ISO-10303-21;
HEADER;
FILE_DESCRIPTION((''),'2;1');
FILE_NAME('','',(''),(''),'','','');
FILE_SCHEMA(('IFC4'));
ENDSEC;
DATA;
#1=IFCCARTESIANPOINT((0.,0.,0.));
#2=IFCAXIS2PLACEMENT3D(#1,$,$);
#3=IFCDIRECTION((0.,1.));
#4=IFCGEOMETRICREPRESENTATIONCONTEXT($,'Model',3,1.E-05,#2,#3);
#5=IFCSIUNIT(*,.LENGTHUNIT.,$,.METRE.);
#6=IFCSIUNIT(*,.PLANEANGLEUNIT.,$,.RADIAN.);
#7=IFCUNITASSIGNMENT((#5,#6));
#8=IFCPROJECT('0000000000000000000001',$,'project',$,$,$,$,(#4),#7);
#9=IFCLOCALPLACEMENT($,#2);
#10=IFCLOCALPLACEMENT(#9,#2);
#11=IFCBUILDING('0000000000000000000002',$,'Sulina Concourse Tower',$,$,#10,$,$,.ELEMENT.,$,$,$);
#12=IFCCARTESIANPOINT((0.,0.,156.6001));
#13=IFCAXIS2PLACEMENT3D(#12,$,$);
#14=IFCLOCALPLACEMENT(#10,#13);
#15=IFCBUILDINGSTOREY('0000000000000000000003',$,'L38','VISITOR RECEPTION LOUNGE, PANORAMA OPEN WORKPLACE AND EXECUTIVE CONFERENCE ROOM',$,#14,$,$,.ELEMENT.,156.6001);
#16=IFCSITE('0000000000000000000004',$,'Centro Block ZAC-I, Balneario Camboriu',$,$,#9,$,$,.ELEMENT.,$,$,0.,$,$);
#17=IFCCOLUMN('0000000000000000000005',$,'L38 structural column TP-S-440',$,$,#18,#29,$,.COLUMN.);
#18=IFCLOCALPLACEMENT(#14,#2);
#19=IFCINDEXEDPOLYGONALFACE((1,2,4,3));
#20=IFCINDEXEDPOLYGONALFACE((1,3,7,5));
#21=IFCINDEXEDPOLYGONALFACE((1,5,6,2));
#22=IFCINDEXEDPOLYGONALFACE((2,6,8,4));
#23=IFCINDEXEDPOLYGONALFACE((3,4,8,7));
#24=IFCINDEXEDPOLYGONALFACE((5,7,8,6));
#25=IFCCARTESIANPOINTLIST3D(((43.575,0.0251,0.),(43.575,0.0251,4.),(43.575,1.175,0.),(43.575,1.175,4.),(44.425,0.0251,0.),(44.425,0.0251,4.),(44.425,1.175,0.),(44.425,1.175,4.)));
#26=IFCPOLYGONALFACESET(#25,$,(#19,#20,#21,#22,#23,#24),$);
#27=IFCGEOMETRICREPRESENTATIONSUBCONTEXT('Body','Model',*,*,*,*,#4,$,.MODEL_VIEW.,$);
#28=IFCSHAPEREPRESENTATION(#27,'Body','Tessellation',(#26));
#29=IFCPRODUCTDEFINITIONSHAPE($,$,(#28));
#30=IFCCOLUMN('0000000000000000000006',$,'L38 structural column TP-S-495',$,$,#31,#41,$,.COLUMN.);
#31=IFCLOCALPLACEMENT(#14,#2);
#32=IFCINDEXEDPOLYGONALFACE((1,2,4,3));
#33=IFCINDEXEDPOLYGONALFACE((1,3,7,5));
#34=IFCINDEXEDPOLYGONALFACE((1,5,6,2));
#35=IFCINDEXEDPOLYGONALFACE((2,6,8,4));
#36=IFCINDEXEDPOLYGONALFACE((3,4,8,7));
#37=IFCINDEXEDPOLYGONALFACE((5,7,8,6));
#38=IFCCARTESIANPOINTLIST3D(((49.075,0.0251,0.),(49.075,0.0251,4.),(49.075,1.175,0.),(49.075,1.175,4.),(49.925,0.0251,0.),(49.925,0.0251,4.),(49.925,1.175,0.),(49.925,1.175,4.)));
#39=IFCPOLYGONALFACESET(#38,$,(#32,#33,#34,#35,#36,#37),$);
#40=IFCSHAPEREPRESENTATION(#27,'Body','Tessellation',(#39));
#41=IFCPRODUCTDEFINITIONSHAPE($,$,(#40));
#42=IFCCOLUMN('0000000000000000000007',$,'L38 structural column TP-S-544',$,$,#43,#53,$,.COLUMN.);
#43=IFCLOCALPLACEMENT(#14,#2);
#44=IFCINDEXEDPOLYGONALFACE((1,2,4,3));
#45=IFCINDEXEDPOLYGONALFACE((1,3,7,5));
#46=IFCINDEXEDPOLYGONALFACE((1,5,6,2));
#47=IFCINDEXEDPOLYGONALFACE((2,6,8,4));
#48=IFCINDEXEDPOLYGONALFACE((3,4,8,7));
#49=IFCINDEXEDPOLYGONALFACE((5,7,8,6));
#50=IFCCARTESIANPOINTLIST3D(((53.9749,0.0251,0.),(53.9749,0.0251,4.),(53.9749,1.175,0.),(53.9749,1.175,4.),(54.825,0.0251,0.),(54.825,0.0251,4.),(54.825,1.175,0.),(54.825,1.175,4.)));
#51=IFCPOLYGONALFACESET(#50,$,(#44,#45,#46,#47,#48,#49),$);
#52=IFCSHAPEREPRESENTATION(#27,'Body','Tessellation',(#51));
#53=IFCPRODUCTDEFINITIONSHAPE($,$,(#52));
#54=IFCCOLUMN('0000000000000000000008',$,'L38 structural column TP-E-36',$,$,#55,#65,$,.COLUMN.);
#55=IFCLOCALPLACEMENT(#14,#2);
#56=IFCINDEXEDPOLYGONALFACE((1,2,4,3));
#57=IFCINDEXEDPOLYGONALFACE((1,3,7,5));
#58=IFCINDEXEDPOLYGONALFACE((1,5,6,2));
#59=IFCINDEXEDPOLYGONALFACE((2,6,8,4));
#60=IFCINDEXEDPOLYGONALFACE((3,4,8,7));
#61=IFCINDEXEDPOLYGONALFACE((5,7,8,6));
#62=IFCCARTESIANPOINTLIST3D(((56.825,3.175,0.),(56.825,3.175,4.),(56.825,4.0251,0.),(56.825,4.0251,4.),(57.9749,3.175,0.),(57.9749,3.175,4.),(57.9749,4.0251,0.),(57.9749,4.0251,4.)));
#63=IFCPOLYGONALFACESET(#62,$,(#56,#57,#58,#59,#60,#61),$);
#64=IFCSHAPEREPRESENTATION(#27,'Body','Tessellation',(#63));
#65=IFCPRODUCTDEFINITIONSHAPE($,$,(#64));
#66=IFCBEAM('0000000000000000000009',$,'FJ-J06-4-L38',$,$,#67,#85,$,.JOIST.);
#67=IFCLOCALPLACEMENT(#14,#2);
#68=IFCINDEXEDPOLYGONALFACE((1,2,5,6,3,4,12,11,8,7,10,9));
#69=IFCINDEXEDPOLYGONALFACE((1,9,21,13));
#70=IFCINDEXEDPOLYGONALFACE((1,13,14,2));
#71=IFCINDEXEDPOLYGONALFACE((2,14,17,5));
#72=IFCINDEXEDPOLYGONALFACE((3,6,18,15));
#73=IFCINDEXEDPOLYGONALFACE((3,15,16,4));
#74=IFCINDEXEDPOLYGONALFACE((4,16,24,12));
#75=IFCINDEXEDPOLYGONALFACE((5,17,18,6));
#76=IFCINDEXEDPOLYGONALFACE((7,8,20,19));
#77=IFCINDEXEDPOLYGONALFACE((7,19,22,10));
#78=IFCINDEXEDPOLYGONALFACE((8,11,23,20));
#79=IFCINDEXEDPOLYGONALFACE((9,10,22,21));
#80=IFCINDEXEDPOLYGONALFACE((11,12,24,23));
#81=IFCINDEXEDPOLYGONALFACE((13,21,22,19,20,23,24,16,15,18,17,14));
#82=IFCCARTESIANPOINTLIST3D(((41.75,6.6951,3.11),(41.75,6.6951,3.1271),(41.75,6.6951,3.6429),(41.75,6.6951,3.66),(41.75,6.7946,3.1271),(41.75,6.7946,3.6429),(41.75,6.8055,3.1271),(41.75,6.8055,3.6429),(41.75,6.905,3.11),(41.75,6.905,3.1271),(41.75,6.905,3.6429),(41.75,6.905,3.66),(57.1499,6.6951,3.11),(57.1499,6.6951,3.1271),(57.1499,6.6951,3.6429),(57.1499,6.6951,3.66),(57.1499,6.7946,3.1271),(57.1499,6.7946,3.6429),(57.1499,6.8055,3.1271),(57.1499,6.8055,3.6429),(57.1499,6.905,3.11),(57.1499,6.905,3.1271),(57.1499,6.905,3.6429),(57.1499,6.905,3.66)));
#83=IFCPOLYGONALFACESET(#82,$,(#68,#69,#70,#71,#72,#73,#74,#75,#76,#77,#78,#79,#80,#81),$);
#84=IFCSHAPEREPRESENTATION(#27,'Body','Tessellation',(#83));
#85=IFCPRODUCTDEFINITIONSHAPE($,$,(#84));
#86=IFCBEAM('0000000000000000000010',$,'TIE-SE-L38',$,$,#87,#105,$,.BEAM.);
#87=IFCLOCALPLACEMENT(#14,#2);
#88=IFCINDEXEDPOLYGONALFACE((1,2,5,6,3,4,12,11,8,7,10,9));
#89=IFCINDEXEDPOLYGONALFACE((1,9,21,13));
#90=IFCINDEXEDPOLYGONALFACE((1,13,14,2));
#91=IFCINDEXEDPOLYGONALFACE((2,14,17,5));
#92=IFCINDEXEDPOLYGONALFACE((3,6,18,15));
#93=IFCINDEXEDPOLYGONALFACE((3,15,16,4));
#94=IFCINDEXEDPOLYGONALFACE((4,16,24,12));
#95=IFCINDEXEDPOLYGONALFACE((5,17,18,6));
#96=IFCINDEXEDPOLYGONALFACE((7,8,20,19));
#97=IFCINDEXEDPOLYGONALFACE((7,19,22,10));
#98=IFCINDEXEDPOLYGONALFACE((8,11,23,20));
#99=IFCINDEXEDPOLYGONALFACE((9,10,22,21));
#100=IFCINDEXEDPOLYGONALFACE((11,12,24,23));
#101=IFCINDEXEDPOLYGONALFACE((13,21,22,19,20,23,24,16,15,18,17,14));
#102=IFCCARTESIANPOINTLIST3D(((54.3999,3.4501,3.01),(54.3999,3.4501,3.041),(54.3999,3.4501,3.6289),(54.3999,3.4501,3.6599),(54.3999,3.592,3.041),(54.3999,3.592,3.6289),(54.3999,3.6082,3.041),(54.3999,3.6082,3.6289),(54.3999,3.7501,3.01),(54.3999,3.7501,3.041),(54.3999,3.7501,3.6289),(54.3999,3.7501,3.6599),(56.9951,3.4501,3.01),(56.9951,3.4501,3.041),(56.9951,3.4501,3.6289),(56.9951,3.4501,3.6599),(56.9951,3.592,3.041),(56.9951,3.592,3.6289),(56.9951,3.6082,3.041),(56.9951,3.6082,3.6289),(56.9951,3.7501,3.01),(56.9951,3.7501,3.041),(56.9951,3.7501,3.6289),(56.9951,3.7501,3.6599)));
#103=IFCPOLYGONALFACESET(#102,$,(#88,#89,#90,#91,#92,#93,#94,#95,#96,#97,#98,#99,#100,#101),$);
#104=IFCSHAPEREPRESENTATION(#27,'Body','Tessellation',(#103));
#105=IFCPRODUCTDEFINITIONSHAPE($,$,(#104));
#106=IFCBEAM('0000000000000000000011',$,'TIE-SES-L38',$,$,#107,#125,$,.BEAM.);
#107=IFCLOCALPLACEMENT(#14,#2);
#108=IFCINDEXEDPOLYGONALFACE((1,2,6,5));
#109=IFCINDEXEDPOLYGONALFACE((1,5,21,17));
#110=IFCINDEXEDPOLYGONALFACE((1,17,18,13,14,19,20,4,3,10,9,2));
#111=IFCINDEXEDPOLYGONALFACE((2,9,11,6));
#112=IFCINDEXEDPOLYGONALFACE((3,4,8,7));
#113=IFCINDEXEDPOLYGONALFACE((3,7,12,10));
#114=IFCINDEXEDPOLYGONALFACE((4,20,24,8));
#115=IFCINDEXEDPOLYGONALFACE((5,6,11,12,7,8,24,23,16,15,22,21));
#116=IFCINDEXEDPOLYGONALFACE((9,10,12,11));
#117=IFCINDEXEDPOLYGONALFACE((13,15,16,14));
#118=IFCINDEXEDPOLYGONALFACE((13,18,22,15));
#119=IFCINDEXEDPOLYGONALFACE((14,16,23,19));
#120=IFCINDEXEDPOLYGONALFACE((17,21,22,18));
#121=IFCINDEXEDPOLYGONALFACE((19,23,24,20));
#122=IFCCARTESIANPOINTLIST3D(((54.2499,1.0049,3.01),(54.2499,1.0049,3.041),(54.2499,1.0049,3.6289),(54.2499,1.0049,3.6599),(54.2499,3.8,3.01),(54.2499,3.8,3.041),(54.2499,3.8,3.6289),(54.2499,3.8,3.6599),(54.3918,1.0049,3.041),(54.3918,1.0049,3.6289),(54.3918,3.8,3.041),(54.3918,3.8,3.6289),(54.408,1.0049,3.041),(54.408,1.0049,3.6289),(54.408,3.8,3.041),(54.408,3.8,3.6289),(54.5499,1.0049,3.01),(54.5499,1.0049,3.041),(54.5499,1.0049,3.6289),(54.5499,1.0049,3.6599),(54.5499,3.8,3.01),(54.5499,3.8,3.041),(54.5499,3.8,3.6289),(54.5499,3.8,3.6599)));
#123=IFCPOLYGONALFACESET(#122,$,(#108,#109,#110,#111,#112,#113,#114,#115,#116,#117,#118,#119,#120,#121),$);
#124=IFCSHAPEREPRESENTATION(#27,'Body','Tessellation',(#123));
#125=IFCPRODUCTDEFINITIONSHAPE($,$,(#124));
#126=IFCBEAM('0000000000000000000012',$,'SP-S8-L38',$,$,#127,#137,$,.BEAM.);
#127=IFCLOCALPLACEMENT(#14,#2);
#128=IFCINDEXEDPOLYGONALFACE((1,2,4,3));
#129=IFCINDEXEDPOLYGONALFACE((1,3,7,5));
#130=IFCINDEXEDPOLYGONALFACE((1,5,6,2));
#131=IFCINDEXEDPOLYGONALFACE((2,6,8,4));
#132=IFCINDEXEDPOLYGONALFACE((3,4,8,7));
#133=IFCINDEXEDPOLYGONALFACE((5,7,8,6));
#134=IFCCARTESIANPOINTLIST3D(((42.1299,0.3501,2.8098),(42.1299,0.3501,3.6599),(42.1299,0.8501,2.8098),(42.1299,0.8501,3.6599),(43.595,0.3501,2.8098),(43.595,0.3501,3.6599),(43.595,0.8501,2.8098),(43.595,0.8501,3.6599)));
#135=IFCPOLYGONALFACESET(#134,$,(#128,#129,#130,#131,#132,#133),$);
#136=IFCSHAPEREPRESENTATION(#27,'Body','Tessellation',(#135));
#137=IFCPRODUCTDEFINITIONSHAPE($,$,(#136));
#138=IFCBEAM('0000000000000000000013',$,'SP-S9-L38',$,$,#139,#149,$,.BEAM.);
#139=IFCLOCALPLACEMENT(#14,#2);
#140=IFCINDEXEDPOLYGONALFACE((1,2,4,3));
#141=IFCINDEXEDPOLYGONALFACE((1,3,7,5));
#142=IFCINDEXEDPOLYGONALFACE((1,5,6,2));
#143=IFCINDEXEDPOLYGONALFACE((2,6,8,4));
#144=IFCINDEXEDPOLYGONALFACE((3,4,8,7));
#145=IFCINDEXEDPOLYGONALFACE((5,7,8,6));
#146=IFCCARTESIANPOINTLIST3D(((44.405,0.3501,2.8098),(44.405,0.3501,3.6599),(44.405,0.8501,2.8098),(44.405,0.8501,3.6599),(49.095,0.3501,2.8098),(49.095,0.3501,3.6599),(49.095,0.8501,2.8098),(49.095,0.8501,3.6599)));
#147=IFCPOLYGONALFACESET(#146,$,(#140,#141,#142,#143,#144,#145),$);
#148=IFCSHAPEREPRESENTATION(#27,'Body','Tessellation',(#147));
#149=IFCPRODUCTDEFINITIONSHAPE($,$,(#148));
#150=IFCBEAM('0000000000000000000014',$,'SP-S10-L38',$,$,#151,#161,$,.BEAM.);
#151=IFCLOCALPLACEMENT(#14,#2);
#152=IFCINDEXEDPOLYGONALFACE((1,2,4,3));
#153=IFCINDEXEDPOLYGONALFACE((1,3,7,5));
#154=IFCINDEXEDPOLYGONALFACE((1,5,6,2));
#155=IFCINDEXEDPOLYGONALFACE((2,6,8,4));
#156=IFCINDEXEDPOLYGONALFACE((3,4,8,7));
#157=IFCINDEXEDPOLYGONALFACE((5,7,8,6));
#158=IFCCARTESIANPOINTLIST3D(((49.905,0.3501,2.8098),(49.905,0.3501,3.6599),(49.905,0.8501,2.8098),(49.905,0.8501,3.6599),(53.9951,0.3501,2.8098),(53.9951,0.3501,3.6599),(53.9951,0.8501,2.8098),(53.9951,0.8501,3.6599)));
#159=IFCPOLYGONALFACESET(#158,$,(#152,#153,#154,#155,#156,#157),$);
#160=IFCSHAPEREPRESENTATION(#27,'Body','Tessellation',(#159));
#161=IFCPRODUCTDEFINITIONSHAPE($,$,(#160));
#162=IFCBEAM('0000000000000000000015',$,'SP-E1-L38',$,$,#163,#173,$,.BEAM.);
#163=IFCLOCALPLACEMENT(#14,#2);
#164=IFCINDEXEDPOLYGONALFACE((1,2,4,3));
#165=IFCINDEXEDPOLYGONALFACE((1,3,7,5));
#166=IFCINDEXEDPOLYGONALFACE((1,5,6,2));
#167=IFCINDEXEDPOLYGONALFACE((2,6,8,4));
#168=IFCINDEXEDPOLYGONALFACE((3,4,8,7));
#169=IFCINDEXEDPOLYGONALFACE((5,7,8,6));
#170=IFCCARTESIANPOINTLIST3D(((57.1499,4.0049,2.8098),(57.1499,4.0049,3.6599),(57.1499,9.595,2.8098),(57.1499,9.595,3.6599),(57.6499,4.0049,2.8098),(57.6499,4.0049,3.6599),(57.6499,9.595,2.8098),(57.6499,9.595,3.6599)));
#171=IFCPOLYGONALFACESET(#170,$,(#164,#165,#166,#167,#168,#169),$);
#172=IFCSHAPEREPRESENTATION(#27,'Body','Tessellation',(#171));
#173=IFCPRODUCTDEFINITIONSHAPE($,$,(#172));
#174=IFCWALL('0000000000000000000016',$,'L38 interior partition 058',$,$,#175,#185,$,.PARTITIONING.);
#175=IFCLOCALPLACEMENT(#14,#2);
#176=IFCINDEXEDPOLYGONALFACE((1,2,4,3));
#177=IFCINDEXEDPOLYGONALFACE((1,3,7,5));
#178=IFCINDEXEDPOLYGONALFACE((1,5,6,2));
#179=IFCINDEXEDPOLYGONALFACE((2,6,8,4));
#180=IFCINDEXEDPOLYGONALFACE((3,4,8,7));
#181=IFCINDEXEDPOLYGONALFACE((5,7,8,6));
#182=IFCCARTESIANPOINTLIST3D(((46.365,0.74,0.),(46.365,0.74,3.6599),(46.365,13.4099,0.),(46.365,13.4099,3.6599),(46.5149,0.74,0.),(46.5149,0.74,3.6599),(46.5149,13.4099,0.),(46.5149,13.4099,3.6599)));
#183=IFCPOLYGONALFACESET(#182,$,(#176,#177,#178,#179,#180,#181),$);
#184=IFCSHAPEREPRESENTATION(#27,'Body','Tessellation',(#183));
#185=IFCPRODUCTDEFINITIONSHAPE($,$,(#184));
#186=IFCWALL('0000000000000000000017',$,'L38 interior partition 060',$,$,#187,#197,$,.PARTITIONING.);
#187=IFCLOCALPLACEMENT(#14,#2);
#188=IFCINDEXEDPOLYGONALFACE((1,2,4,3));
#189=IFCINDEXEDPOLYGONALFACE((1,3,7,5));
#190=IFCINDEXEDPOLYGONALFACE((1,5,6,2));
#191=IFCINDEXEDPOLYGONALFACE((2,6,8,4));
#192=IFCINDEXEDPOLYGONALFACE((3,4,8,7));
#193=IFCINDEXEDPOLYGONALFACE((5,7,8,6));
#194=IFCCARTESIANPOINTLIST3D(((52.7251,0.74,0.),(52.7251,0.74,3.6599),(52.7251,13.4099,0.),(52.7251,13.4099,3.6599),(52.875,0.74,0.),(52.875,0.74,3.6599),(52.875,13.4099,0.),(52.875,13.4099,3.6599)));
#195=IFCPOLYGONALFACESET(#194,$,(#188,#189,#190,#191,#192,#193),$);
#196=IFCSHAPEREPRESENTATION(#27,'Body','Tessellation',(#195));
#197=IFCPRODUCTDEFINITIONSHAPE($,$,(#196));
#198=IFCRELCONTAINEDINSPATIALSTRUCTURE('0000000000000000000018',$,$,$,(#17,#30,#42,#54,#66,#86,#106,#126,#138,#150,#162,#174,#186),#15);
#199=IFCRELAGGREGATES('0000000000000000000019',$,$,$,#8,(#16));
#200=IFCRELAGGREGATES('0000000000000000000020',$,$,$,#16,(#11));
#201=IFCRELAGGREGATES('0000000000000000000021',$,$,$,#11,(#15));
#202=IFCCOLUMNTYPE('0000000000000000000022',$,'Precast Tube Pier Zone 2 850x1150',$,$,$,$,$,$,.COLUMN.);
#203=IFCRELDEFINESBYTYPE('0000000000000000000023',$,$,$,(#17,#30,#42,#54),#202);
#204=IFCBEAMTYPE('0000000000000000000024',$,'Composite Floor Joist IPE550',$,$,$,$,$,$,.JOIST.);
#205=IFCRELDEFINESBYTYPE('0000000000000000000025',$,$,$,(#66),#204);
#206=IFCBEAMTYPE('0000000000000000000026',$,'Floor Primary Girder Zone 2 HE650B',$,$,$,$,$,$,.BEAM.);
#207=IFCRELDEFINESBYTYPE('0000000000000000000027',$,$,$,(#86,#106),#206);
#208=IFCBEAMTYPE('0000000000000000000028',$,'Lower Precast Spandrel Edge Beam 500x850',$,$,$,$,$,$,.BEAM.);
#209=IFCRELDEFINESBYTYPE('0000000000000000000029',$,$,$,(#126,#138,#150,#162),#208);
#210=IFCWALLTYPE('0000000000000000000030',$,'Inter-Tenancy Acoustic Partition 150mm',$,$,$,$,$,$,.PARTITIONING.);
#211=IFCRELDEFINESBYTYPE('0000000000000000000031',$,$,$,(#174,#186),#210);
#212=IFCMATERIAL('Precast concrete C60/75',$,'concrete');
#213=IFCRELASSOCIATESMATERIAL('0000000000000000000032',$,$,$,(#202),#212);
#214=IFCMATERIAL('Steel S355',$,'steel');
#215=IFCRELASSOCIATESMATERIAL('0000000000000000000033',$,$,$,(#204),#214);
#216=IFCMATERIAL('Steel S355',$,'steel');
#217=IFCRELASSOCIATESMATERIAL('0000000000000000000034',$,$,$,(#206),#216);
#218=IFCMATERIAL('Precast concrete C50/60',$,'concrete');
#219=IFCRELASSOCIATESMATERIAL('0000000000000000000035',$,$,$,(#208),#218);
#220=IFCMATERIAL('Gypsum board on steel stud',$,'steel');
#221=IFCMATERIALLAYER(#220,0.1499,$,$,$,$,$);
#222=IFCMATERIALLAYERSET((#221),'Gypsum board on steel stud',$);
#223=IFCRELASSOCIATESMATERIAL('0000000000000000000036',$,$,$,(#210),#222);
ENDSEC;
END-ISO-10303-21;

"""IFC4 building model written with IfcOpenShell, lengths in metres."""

from ifc_helpers import new_model, si_unit, direction, frame, frame_2d, origin, origin_2d, place, context, subcontext, project, spatial, rectangle, i_section, extrude, material, layer, layer_set, material_profile, profile_set, type_object, element, save


model = new_model("IFC4")

# Units and contexts
model_context = context("Model", 3, precision=1e-05, world=origin(), true_north=direction((0.0, 1.0)))
body_context = subcontext(model_context, "Body", "Model", "MODEL_VIEW")
ifc_project = project(units=[si_unit("LENGTHUNIT", "METRE"), si_unit("PLANEANGLEUNIT", "RADIAN")], contexts=[model_context])

# Site, building, storey
site_placement = place(None, origin())
site = spatial("IfcSite", under=ifc_project, at=site_placement, Name="Centro Block ZAC-I, Balneario Camboriu", CompositionType="ELEMENT", RefElevation=0.0)
building_placement = place(site_placement, origin())
building = spatial("IfcBuilding", under=site, at=building_placement, Name="Sulina Concourse Tower", CompositionType="ELEMENT")
storey_placement = place(building_placement, frame((0.0, 0.0, 156.6001)))
storey = spatial("IfcBuildingStorey", under=building, at=storey_placement, Name="L38", Description="VISITOR RECEPTION LOUNGE, PANORAMA OPEN WORKPLACE AND EXECUTIVE CONFERENCE ROOM", CompositionType="ELEMENT", Elevation=156.6001)

# Columns
ifc_material_1 = material(Name="Precast concrete C60/75", Category="concrete")
ifc_material_profile_1 = material_profile(ifc_material_1, rectangle(XDim=0.8501, YDim=1.1499, at=origin_2d()), Name="PC 850x1150")
ifc_profile_set_1 = profile_set([ifc_material_profile_1], Name="Precast concrete C60/75")
column_type = type_object("IfcColumnType", Name="Precast Tube Pier Zone 2 850x1150", PredefinedType="COLUMN", material=ifc_profile_set_1)
for number, where, z_axis, x_axis, name in (
    (1, (44.0, 0.6001, 0.0), (0.0, 0.0, 1.0), (1.0, 0.0, 0.0), "L38 structural column TP-S-440"),
    (2, (49.5, 0.6001, 0.0), (0.0, 0.0, 1.0), (1.0, 0.0, 0.0), "L38 structural column TP-S-495"),
    (3, (54.3999, 0.6001, 0.0), (0.0, 0.0, 1.0), (1.0, 0.0, 0.0), "L38 structural column TP-S-544"),
    (4, (57.3999, 3.6001, 0.0), (0.0, 0.0, 1.0), (0.0, 1.0, 0.0), "L38 structural column TP-E-36"),
):
    element("IfcColumn", number, at=place(storey_placement, frame(where, z_axis=z_axis, x_axis=x_axis)), inside=storey, type_object=column_type, Name=name, PredefinedType="COLUMN", context=body_context, shape_type="SweptSolid", body=[
        extrude(rectangle(XDim=0.8501, YDim=1.1499, at=origin_2d()), origin(), (0.0, 0.0, 1.0), 4.0),
    ])

# Beams
ifc_material_2 = material(Name="Steel S355", Category="steel")
ifc_material_profile_2 = material_profile(ifc_material_2, i_section(OverallWidth=0.21, OverallDepth=0.55, WebThickness=0.011, FlangeThickness=0.0171, at=origin_2d()), Name="IPE 550")
ifc_profile_set_2 = profile_set([ifc_material_profile_2], Name="Steel S355")
beam_type_1 = type_object("IfcBeamType", Name="Composite Floor Joist IPE550", PredefinedType="JOIST", material=ifc_profile_set_2)
beam_1_placement = place(storey_placement, frame((41.75, 6.8, 3.385), z_axis=(1.0, 0.0, 0.0), x_axis=(0.0, 1.0, 0.0)))
element("IfcBeam", 5, at=beam_1_placement, inside=storey, type_object=beam_type_1, Name="FJ-J06-4-L38", PredefinedType="JOIST", context=body_context, shape_type="SweptSolid", body=[
    extrude(i_section(OverallWidth=0.21, OverallDepth=0.55, WebThickness=0.011, FlangeThickness=0.0171, at=origin_2d()), origin(), (0.0, 0.0, 1.0), 15.3999),
])
ifc_material_3 = material(Name="Steel S355", Category="steel")
ifc_material_profile_3 = material_profile(ifc_material_3, i_section(OverallWidth=0.3, OverallDepth=0.6499, WebThickness=0.0161, FlangeThickness=0.031, at=origin_2d()), Name="HE 650 B")
ifc_profile_set_3 = profile_set([ifc_material_profile_3], Name="Steel S355")
beam_type_2 = type_object("IfcBeamType", Name="Floor Primary Girder Zone 2 HE650B", PredefinedType="BEAM", material=ifc_profile_set_3)
beam_2_placement = place(storey_placement, frame((54.3999, 3.6001, 3.335), z_axis=(1.0, 0.0, 0.0), x_axis=(0.0, 1.0, 0.0)))
element("IfcBeam", 6, at=beam_2_placement, inside=storey, type_object=beam_type_2, Name="TIE-SE-L38", PredefinedType="BEAM", context=body_context, shape_type="SweptSolid", body=[
    extrude(i_section(OverallWidth=0.3, OverallDepth=0.6499, WebThickness=0.0161, FlangeThickness=0.031, at=origin_2d()), origin(), (0.0, 0.0, 1.0), 2.5952),
])
beam_3_placement = place(storey_placement, frame((54.3999, 1.0049, 3.335), z_axis=(0.0, 1.0, 0.0), x_axis=(-1.0, 0.0, 0.0)))
element("IfcBeam", 7, at=beam_3_placement, inside=storey, type_object=beam_type_2, Name="TIE-SES-L38", PredefinedType="BEAM", context=body_context, shape_type="SweptSolid", body=[
    extrude(i_section(OverallWidth=0.3, OverallDepth=0.6499, WebThickness=0.0161, FlangeThickness=0.031, at=origin_2d()), origin(), (0.0, 0.0, 1.0), 2.7952),
])
ifc_material_4 = material(Name="Precast concrete C50/60", Category="concrete")
ifc_material_profile_4 = material_profile(ifc_material_4, rectangle(XDim=0.5, YDim=0.8501, at=origin_2d()), Name="RC 500x850")
ifc_profile_set_4 = profile_set([ifc_material_profile_4], Name="Precast concrete C50/60")
beam_type_3 = type_object("IfcBeamType", Name="Lower Precast Spandrel Edge Beam 500x850", PredefinedType="BEAM", material=ifc_profile_set_4)
beam_4_placement = place(storey_placement, frame((42.1299, 0.6001, 3.2349), z_axis=(1.0, 0.0, 0.0), x_axis=(0.0, 1.0, 0.0)))
element("IfcBeam", 8, at=beam_4_placement, inside=storey, type_object=beam_type_3, Name="SP-S8-L38", PredefinedType="BEAM", context=body_context, shape_type="SweptSolid", body=[
    extrude(rectangle(XDim=0.5, YDim=0.8501, at=origin_2d()), origin(), (0.0, 0.0, 1.0), 1.4651),
])
beam_5_placement = place(storey_placement, frame((44.405, 0.6001, 3.2349), z_axis=(1.0, 0.0, 0.0), x_axis=(0.0, 1.0, 0.0)))
element("IfcBeam", 9, at=beam_5_placement, inside=storey, type_object=beam_type_3, Name="SP-S9-L38", PredefinedType="BEAM", context=body_context, shape_type="SweptSolid", body=[
    extrude(rectangle(XDim=0.5, YDim=0.8501, at=origin_2d()), origin(), (0.0, 0.0, 1.0), 4.6899),
])
beam_6_placement = place(storey_placement, frame((49.905, 0.6001, 3.2349), z_axis=(1.0, 0.0, 0.0), x_axis=(0.0, 1.0, 0.0)))
element("IfcBeam", 10, at=beam_6_placement, inside=storey, type_object=beam_type_3, Name="SP-S10-L38", PredefinedType="BEAM", context=body_context, shape_type="SweptSolid", body=[
    extrude(rectangle(XDim=0.5, YDim=0.8501, at=origin_2d()), origin(), (0.0, 0.0, 1.0), 4.0901),
])
beam_7_placement = place(storey_placement, frame((57.3999, 4.0049, 3.2349), z_axis=(0.0, 1.0, 0.0), x_axis=(-1.0, 0.0, 0.0)))
element("IfcBeam", 11, at=beam_7_placement, inside=storey, type_object=beam_type_3, Name="SP-E1-L38", PredefinedType="BEAM", context=body_context, shape_type="SweptSolid", body=[
    extrude(rectangle(XDim=0.5, YDim=0.8501, at=origin_2d()), origin(), (0.0, 0.0, 1.0), 5.5901),
])

# Walls
ifc_material_5 = material(Name="Gypsum board on steel stud", Category="steel")
ifc_layer_1 = layer(ifc_material_5, 0.1499)
ifc_layer_set_1 = layer_set([ifc_layer_1], Name="Gypsum board on steel stud")
wall_type_1 = type_object("IfcWallType", Name="Inter-Tenancy Acoustic Partition 150mm", PredefinedType="PARTITIONING", material=ifc_layer_set_1)
for number, where, z_axis, x_axis, name in (
    (12, (46.4399, 0.74, 0.0), (0.0, 0.0, 1.0), (0.0, 1.0, 0.0), "L38 interior partition 058"),
    (13, (52.8, 0.74, 0.0), (0.0, 0.0, 1.0), (0.0, 1.0, 0.0), "L38 interior partition 060"),
):
    element("IfcWall", number, at=place(storey_placement, frame(where, z_axis=z_axis, x_axis=x_axis)), inside=storey, type_object=wall_type_1, Name=name, PredefinedType="PARTITIONING", context=body_context, shape_type="SweptSolid", body=[
        extrude(rectangle(XDim=12.6699, YDim=0.1499, at=frame_2d((6.335, 0.0))), origin(), (0.0, 0.0, 1.0), 3.6599),
    ])

save(model, "model.ifc")
